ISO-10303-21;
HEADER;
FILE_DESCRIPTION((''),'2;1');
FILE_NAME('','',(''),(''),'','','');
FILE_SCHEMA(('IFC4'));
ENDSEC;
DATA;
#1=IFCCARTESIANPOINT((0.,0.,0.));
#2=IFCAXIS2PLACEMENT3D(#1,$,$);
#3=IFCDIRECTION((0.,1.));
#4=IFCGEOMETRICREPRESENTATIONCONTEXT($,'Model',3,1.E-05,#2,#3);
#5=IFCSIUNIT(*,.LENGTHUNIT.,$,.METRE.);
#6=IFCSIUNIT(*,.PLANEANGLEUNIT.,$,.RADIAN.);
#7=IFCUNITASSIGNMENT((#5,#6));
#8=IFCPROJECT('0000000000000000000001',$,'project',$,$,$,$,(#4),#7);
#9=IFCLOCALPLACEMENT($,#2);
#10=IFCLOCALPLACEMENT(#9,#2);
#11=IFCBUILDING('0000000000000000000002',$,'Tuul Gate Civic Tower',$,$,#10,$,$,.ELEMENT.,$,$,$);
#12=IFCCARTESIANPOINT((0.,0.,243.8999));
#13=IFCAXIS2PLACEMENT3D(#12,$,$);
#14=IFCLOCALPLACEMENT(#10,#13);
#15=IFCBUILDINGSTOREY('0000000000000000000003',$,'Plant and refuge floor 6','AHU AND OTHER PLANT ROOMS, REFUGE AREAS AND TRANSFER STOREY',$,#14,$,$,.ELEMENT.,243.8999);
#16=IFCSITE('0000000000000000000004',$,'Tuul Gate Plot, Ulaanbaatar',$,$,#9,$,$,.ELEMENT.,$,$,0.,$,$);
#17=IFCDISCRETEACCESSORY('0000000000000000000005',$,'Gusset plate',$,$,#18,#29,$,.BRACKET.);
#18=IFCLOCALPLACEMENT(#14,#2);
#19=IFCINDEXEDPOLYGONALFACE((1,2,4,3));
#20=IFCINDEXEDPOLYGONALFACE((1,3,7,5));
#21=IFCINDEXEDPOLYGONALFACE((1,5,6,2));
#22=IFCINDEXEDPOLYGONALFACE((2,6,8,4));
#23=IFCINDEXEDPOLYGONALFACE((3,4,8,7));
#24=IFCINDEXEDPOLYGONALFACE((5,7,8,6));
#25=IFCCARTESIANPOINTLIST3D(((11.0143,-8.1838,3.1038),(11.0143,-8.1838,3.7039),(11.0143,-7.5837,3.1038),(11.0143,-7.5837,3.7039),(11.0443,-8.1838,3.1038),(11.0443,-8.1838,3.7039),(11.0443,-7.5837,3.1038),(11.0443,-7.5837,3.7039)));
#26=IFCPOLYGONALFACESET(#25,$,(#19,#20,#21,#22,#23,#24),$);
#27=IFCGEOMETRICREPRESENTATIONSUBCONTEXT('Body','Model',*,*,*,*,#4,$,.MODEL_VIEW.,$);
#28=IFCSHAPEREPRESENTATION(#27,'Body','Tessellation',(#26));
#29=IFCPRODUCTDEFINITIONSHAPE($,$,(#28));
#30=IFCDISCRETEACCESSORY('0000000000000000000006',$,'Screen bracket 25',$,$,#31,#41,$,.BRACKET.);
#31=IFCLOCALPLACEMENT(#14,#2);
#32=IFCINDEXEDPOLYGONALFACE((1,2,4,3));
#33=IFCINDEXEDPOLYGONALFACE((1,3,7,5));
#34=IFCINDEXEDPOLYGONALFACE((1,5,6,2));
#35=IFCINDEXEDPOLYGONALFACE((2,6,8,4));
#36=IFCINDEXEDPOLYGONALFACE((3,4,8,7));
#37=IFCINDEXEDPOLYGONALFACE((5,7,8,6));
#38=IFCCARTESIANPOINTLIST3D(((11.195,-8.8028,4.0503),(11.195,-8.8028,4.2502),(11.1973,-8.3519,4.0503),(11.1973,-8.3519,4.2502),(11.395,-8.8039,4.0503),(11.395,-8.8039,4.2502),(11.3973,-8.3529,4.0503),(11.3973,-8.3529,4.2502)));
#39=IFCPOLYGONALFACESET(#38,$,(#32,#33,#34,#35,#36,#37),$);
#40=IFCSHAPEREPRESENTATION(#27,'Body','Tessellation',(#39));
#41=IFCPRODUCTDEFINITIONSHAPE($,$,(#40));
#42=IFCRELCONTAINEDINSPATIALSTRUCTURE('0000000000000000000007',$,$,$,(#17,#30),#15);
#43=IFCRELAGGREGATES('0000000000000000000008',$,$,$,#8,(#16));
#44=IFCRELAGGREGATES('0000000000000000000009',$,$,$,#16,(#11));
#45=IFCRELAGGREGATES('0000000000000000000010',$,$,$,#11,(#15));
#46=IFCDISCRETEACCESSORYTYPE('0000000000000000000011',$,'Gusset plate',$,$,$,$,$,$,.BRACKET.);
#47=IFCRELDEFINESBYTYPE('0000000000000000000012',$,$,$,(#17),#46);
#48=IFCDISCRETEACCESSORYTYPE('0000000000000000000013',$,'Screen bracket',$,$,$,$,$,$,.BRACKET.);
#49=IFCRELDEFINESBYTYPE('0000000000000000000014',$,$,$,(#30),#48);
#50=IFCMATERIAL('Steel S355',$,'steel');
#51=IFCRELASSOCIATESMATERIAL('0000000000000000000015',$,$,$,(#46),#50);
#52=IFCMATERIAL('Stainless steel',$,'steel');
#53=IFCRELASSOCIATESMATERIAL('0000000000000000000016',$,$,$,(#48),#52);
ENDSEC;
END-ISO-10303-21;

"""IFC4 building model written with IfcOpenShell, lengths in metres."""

from ifc_helpers import new_model, si_unit, direction, frame, origin, origin_2d, place, context, subcontext, project, spatial, rectangle, extrude, material, type_object, element, save


model = new_model("IFC4")

# Units and contexts
model_context = context("Model", 3, precision=1e-05, world=origin(), true_north=direction((0.0, 1.0)))
body_context = subcontext(model_context, "Body", "Model", "MODEL_VIEW")
ifc_project = project(units=[si_unit("LENGTHUNIT", "METRE"), si_unit("PLANEANGLEUNIT", "RADIAN")], contexts=[model_context])

# Site, building, storey
site_placement = place(None, origin())
site = spatial("IfcSite", under=ifc_project, at=site_placement, Name="Tuul Gate Plot, Ulaanbaatar", CompositionType="ELEMENT", RefElevation=0.0)
building_placement = place(site_placement, origin())
building = spatial("IfcBuilding", under=site, at=building_placement, Name="Tuul Gate Civic Tower", CompositionType="ELEMENT")
storey_placement = place(building_placement, frame((0.0, 0.0, 243.8999)))
storey = spatial("IfcBuildingStorey", under=building, at=storey_placement, Name="Plant and refuge floor 6", Description="AHU AND OTHER PLANT ROOMS, REFUGE AREAS AND TRANSFER STOREY", CompositionType="ELEMENT", Elevation=243.8999)

# Discrete accessories
ifc_material_1 = material(Name="Steel S355", Category="steel")
discrete_accessory_type_1 = type_object("IfcDiscreteAccessoryType", Name="Gusset plate", PredefinedType="BRACKET", material=ifc_material_1)
discrete_accessory_1_placement = place(storey_placement, frame((11.0293, -7.8838, 3.1038), z_axis=(0.0, 0.0, 1.0), x_axis=(0.0, 1.0, 0.0)))
element("IfcDiscreteAccessory", 1, at=discrete_accessory_1_placement, inside=storey, type_object=discrete_accessory_type_1, Name="Gusset plate", PredefinedType="BRACKET", context=body_context, shape_type="SweptSolid", body=[
    extrude(rectangle(XDim=0.6001, YDim=0.03, at=origin_2d()), origin(), (0.0, 0.0, 1.0), 0.6001),
])
ifc_material_2 = material(Name="Stainless steel", Category="steel")
discrete_accessory_type_2 = type_object("IfcDiscreteAccessoryType", Name="Screen bracket", PredefinedType="BRACKET", material=ifc_material_2)
discrete_accessory_2_placement = place(storey_placement, frame((11.2961, -8.5779, 4.0503), z_axis=(0.0, 0.0, 1.0), x_axis=(-0.005112, -0.999987, 0.0)))
element("IfcDiscreteAccessory", 2, at=discrete_accessory_2_placement, inside=storey, type_object=discrete_accessory_type_2, Name="Screen bracket 25", PredefinedType="BRACKET", context=body_context, shape_type="SweptSolid", body=[
    extrude(rectangle(XDim=0.4509, YDim=0.2, at=origin_2d()), origin(), (0.0, 0.0, 1.0), 0.2),
])

save(model, "model.ifc")
